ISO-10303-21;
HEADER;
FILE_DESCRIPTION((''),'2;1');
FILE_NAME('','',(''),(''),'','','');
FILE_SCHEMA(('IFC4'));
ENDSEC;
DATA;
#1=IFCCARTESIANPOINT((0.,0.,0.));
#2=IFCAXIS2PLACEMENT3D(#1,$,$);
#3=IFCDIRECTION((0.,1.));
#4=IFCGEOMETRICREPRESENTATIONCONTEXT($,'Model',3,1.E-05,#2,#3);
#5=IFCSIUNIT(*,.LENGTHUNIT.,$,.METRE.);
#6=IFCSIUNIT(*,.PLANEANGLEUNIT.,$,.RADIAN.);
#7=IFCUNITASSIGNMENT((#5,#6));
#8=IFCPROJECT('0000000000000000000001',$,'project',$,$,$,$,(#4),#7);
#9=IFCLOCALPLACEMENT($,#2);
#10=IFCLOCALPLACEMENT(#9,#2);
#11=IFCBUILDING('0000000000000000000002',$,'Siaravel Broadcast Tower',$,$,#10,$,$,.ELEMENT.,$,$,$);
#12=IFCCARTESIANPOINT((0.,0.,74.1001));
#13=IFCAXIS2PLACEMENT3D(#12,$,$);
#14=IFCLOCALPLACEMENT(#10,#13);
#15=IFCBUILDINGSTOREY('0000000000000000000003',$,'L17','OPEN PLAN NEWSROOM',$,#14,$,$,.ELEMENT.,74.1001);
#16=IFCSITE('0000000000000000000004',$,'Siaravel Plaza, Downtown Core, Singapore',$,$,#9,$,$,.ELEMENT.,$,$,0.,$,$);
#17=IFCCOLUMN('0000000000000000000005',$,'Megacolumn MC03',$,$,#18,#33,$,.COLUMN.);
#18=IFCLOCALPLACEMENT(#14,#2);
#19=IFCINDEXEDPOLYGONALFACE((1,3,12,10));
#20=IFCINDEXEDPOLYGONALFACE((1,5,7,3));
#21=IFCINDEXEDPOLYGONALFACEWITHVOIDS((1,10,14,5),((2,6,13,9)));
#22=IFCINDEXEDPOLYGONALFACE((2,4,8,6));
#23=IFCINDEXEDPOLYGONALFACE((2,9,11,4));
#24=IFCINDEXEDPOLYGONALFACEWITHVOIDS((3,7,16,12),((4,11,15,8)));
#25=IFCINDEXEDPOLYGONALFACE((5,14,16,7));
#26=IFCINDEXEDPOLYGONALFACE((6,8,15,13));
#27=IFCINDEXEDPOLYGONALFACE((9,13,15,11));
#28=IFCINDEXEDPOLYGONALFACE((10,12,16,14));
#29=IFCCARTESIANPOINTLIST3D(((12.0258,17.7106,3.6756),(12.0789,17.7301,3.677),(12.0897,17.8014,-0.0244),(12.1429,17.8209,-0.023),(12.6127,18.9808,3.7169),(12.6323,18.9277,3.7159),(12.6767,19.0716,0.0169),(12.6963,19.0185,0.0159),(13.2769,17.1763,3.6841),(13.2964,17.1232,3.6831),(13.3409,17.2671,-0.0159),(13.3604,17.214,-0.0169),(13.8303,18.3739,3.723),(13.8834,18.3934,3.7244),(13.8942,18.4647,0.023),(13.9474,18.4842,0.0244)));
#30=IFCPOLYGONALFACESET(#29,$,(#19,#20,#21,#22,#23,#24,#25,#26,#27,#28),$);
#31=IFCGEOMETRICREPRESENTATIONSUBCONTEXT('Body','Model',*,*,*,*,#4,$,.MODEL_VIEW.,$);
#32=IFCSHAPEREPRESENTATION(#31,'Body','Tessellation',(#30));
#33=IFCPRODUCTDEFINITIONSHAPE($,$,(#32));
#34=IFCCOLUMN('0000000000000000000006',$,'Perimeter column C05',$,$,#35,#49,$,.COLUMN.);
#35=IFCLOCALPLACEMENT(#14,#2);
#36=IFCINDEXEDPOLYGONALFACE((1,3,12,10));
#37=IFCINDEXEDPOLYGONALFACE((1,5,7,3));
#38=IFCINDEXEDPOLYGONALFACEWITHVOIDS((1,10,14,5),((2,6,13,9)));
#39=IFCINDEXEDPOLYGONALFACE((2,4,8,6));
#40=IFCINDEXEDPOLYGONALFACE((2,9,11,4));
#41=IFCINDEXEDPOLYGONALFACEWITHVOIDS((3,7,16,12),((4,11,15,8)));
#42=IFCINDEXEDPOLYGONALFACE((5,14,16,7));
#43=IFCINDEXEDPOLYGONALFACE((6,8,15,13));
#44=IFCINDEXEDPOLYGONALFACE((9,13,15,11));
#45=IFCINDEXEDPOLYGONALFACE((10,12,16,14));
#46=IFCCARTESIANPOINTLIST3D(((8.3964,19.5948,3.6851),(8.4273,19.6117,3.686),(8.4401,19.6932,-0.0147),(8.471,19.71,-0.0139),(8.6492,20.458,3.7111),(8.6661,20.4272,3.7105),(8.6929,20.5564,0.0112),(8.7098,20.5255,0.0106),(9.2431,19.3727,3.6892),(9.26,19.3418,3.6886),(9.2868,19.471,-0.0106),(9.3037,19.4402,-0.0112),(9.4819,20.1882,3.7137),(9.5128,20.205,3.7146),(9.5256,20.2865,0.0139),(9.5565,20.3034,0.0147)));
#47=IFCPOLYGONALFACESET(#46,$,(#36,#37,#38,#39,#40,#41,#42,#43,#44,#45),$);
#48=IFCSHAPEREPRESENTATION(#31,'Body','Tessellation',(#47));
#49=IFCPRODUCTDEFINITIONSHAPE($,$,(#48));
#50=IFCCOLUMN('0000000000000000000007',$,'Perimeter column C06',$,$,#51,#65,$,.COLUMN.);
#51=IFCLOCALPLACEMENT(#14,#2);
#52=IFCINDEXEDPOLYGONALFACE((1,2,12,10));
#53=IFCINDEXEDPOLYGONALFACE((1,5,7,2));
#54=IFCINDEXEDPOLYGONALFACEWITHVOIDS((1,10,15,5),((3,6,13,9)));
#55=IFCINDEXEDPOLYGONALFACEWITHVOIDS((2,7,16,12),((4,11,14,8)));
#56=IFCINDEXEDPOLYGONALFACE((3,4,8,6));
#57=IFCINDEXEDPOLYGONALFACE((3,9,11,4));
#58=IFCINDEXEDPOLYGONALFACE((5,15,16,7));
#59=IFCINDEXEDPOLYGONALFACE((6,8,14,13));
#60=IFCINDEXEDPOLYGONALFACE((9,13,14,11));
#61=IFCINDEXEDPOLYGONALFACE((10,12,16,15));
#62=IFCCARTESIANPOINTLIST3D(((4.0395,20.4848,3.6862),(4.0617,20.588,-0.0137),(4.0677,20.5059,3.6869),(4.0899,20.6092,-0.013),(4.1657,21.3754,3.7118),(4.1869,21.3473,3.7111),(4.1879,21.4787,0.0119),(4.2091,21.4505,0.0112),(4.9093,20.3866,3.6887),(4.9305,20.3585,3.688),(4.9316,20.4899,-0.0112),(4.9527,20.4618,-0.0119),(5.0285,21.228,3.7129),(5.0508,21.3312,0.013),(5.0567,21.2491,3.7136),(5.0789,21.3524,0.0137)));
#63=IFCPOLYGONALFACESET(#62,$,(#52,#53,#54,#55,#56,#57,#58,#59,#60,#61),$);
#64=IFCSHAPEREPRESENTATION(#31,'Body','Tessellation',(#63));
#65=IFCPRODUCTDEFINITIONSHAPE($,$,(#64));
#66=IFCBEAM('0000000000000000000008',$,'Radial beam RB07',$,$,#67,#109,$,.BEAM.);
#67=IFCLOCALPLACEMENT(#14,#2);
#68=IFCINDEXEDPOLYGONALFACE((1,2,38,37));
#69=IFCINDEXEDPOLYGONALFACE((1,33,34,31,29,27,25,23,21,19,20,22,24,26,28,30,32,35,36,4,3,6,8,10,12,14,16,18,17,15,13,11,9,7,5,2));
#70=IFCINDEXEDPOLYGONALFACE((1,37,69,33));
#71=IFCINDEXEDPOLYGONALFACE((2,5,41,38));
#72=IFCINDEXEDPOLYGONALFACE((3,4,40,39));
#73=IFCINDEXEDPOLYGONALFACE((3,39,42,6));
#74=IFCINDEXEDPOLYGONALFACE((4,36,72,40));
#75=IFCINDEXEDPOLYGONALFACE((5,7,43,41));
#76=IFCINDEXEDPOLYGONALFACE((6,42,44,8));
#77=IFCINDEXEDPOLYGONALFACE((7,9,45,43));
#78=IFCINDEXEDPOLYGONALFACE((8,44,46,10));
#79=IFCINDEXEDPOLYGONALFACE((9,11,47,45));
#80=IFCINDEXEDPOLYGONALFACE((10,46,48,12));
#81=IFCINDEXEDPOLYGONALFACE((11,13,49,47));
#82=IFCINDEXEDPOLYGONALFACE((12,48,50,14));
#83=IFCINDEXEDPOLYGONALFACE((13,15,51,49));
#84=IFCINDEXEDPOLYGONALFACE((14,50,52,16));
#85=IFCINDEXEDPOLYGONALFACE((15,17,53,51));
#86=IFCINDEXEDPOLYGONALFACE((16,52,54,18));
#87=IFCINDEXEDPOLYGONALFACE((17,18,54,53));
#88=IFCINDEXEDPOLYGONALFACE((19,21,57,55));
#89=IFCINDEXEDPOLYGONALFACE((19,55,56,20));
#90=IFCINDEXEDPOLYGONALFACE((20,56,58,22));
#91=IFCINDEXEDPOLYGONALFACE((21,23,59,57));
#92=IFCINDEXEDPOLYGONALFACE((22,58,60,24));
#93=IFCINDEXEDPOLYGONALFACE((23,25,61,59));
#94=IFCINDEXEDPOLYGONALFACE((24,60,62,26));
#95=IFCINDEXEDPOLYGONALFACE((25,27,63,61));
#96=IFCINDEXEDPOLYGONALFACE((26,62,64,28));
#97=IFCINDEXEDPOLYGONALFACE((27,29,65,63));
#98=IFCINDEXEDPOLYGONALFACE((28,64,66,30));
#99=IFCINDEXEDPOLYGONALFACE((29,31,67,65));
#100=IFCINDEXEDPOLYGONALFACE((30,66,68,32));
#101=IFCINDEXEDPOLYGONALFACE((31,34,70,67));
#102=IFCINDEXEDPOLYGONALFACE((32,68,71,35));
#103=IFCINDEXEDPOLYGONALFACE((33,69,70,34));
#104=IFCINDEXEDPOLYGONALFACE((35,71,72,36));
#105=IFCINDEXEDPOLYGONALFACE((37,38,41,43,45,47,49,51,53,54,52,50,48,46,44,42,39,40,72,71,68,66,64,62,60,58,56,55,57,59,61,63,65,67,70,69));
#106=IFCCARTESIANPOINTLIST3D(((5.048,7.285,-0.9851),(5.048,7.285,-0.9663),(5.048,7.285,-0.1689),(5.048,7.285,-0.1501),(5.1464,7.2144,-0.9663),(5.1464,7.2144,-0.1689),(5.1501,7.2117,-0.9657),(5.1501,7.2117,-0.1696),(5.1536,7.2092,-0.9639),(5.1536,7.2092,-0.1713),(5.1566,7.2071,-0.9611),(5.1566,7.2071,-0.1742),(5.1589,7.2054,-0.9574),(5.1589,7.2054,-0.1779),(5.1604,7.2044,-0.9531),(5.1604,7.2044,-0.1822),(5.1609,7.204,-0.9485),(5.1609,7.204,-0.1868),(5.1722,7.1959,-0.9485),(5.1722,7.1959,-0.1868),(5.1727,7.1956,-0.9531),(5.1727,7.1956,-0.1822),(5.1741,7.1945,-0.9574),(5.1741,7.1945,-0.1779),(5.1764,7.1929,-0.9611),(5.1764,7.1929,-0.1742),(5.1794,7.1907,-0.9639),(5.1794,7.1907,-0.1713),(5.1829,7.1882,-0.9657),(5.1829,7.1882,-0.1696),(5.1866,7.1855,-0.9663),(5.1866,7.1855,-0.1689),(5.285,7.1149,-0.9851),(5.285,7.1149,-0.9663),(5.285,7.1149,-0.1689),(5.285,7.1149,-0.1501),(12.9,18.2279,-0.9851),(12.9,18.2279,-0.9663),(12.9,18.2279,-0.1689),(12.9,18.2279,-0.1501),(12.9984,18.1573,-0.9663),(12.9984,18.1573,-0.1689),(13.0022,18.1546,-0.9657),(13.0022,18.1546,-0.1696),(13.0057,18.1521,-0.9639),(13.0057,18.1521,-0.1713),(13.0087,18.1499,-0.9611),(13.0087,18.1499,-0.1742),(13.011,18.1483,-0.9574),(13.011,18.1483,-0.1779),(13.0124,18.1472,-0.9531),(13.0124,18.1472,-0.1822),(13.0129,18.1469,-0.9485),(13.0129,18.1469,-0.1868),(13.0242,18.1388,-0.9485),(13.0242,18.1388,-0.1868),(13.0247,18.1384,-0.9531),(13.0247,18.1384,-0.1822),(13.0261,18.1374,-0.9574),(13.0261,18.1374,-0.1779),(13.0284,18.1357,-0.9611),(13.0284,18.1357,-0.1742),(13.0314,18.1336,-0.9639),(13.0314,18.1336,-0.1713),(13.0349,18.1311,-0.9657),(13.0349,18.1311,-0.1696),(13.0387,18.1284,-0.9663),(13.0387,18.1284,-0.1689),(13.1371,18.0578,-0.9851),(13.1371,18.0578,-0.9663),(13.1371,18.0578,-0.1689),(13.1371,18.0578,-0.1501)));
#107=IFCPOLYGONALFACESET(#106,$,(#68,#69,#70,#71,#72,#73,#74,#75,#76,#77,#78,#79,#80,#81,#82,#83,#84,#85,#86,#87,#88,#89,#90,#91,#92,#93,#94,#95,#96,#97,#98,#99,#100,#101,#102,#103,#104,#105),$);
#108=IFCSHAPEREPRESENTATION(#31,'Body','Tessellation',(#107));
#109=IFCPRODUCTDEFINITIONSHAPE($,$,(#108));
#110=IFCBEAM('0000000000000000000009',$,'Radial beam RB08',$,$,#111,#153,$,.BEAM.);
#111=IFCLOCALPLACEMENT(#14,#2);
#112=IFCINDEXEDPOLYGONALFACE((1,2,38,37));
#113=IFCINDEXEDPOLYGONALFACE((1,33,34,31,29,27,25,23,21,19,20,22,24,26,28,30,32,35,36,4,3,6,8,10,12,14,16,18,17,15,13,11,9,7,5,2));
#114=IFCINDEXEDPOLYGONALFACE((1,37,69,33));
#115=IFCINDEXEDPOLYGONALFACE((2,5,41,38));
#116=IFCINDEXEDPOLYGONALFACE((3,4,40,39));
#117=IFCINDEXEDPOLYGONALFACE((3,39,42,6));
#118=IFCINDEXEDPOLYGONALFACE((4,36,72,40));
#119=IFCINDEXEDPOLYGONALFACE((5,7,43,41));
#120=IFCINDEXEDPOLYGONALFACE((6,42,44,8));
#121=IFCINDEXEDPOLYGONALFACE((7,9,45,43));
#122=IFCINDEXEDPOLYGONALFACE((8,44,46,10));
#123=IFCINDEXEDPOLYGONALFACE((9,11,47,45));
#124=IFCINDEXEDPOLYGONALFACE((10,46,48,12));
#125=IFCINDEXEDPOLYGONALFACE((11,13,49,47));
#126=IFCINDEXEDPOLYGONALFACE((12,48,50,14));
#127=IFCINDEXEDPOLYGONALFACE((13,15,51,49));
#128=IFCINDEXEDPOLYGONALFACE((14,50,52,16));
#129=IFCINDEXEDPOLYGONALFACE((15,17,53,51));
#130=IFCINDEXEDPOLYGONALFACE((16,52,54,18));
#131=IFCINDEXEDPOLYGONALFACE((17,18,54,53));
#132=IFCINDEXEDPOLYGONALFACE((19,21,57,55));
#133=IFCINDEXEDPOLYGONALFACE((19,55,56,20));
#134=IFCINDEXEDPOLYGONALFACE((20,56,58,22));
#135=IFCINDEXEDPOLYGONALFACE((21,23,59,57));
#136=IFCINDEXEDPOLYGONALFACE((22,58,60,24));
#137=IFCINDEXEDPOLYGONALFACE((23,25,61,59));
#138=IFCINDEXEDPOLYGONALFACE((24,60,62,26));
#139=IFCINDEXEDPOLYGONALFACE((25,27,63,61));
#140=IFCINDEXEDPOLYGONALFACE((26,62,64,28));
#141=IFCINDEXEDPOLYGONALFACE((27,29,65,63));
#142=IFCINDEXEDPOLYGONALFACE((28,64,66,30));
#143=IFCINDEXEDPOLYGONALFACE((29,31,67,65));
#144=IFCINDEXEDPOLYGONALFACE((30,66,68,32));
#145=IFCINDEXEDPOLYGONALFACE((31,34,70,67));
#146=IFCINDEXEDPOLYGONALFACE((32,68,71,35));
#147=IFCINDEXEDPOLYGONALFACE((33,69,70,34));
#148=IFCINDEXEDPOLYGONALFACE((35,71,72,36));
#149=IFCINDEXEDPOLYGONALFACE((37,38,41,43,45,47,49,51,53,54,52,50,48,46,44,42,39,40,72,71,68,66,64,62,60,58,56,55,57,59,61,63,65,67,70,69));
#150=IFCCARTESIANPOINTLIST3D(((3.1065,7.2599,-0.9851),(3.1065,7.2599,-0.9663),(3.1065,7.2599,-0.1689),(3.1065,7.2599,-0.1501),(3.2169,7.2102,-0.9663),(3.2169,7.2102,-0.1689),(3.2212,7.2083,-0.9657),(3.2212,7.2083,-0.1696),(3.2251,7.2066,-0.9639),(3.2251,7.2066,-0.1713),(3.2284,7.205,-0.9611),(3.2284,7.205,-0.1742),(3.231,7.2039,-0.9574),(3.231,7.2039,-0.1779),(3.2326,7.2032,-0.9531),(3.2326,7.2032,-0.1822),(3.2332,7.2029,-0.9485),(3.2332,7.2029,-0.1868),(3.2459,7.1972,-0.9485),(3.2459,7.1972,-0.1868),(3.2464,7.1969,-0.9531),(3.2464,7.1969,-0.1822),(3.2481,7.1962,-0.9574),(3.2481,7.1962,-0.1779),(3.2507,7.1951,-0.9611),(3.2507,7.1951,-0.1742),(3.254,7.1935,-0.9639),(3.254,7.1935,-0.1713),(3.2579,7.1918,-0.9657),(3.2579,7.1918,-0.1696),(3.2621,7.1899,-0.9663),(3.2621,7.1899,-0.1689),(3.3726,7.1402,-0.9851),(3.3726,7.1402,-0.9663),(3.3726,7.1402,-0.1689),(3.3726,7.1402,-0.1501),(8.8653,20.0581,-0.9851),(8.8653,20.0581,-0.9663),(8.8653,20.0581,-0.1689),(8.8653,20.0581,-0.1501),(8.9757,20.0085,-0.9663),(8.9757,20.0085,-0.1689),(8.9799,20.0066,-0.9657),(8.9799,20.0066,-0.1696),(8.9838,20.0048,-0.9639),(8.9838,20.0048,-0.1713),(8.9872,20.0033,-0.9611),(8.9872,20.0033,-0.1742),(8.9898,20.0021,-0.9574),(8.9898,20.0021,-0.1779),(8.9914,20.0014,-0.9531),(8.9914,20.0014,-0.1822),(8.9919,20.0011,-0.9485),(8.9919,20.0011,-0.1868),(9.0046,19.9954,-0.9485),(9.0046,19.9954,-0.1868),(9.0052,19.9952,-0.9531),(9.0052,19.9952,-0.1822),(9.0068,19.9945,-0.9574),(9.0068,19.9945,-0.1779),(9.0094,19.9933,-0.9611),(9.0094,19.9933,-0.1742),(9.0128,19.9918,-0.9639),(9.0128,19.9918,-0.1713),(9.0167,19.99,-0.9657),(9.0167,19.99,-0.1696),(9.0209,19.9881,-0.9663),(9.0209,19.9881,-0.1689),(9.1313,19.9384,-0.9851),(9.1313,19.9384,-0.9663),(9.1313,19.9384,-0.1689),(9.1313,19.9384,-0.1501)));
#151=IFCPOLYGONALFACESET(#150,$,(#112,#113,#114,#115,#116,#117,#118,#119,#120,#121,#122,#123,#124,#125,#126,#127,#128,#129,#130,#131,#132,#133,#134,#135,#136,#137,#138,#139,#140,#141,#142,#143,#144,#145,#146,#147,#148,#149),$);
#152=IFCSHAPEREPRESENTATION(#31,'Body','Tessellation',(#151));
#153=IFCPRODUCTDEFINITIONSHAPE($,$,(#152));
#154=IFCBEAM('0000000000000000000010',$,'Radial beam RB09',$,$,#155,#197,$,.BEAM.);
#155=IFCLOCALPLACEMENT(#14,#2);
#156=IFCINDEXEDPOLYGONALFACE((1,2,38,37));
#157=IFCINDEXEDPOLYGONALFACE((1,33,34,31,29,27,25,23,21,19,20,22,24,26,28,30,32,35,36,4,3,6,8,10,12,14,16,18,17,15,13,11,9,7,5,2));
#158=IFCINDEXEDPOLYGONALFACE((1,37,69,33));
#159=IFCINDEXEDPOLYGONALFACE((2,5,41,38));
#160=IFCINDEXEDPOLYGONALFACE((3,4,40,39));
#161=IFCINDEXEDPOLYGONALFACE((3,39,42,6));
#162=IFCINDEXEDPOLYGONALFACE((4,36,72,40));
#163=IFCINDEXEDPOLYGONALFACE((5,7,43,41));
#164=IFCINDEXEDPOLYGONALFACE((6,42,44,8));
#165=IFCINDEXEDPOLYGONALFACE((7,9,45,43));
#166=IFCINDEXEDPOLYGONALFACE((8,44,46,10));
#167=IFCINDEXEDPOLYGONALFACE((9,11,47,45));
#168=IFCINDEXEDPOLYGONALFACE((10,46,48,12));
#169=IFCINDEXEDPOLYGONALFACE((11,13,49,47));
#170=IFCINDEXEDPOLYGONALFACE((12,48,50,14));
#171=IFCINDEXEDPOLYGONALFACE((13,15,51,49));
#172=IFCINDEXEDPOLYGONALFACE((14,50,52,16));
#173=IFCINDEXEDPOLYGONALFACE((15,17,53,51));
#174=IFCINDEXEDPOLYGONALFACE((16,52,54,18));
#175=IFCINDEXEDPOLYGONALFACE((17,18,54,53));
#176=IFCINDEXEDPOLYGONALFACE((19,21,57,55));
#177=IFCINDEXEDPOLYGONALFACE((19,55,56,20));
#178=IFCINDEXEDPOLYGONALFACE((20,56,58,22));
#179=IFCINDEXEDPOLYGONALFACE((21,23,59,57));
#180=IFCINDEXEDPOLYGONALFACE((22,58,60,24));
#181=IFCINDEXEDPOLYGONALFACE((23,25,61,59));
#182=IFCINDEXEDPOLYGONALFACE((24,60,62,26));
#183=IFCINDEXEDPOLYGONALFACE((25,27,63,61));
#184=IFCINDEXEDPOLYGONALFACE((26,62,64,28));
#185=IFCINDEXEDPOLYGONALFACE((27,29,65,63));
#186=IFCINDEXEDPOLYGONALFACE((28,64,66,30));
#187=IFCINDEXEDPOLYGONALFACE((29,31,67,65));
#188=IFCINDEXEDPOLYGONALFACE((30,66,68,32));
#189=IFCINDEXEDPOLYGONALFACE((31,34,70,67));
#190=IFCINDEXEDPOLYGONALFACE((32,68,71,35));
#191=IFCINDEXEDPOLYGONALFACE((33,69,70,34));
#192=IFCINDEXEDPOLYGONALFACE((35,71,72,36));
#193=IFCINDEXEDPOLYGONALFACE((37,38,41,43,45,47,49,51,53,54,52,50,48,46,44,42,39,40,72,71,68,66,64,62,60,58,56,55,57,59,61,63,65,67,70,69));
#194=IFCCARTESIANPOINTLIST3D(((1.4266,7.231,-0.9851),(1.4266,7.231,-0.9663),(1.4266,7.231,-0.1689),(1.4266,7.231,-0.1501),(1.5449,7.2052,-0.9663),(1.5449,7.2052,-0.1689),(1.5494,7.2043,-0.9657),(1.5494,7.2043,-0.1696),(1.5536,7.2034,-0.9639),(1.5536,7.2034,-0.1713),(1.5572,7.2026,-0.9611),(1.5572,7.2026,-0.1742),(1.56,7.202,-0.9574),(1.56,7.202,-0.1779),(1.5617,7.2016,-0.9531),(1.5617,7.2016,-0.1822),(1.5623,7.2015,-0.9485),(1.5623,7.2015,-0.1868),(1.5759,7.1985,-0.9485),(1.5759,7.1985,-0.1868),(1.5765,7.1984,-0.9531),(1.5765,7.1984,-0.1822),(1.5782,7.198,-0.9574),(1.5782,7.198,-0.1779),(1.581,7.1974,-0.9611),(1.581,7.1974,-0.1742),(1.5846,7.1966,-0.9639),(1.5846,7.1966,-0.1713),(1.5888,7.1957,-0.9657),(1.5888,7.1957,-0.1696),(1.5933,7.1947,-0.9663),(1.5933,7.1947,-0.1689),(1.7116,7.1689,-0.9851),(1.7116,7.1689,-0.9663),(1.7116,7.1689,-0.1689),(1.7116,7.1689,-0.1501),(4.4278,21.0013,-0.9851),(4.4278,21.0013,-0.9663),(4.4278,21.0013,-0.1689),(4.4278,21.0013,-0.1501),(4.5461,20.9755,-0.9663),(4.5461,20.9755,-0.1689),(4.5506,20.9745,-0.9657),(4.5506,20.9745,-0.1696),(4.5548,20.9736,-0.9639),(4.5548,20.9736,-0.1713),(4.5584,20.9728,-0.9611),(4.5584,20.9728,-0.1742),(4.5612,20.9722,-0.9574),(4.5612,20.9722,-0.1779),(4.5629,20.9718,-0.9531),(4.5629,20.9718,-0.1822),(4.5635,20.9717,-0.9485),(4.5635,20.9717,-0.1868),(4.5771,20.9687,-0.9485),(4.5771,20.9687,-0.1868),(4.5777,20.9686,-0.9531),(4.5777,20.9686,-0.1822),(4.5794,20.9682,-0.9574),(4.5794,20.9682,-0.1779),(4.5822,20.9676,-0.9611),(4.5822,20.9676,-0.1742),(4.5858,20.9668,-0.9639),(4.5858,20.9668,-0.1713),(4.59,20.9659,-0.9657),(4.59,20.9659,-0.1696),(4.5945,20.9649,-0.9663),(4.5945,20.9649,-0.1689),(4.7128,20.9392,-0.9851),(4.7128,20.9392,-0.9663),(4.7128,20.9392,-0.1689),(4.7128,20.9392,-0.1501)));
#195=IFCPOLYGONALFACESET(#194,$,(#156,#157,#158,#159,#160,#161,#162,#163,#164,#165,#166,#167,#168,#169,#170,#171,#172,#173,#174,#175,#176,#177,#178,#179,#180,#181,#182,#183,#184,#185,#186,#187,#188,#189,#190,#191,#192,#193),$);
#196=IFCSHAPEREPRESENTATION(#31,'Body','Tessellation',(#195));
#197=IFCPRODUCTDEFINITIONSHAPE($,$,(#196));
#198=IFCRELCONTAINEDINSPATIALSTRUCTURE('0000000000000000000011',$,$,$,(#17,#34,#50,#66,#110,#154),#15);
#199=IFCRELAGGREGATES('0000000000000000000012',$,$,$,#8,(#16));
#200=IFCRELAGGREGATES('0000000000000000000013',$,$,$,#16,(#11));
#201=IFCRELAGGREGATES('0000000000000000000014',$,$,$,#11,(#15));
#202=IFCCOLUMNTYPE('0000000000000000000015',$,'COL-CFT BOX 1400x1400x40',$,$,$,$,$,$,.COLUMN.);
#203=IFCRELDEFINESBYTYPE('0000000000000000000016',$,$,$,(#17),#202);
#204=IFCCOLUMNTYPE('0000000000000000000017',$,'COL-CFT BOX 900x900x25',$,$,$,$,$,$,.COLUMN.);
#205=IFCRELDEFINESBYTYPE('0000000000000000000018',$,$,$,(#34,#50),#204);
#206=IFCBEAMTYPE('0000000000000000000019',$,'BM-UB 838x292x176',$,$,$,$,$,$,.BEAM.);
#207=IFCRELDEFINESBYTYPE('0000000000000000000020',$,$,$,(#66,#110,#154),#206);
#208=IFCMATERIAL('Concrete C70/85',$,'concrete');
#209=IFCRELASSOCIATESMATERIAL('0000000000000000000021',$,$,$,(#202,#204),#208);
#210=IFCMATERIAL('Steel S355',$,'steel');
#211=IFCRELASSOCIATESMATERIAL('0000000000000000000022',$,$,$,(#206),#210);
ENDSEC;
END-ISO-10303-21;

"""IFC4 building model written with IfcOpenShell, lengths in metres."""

from ifc_helpers import new_model, si_unit, direction, frame, origin, origin_2d, place, context, subcontext, project, spatial, hollow_rectangle, i_section, extrude, material, material_profile, profile_set, type_object, element, save


model = new_model("IFC4")

# Units and contexts
model_context = context("Model", 3, precision=1e-05, world=origin(), true_north=direction((0.0, 1.0)))
body_context = subcontext(model_context, "Body", "Model", "MODEL_VIEW")
ifc_project = project(units=[si_unit("LENGTHUNIT", "METRE"), si_unit("PLANEANGLEUNIT", "RADIAN")], contexts=[model_context])

# Site, building, storey
site_placement = place(None, origin())
site = spatial("IfcSite", under=ifc_project, at=site_placement, Name="Siaravel Plaza, Downtown Core, Singapore", CompositionType="ELEMENT", RefElevation=0.0)
building_placement = place(site_placement, origin())
building = spatial("IfcBuilding", under=site, at=building_placement, Name="Siaravel Broadcast Tower", CompositionType="ELEMENT")
storey_placement = place(building_placement, frame((0.0, 0.0, 74.1001)))
storey = spatial("IfcBuildingStorey", under=building, at=storey_placement, Name="L17", Description="OPEN PLAN NEWSROOM", CompositionType="ELEMENT", Elevation=74.1001)

# Columns
ifc_material_1 = material(Name="Concrete C70/85", Category="concrete")
ifc_material_profile_1 = material_profile(ifc_material_1, hollow_rectangle(XDim=1.3999, YDim=1.3999, WallThickness=0.04, at=origin_2d()))
ifc_profile_set_1 = profile_set([ifc_material_profile_1], Name="Concrete C70/85")
column_type_1 = type_object("IfcColumnType", Name="COL-CFT BOX 1400x1400x40", PredefinedType="COLUMN", material=ifc_profile_set_1)
column_placement = place(storey_placement, frame((13.0186, 18.1428, 0.0), z_axis=(-0.01728, -0.024535, 0.99955), x_axis=(0.907686, -0.419615, 0.005392)))
element("IfcColumn", 1, at=column_placement, inside=storey, type_object=column_type_1, Name="Megacolumn MC03", PredefinedType="COLUMN", context=body_context, shape_type="SweptSolid", body=[
    extrude(hollow_rectangle(XDim=1.3999, YDim=1.3999, WallThickness=0.04, at=origin_2d()), origin(), (0.0, 0.0, 1.0), 3.7017),
])
ifc_material_profile_2 = material_profile(ifc_material_1, hollow_rectangle(XDim=0.8999, YDim=0.8999, WallThickness=0.0249, at=origin_2d()))
ifc_profile_set_2 = profile_set([ifc_material_profile_2], Name="Concrete C70/85")
column_type_2 = type_object("IfcColumnType", Name="COL-CFT BOX 900x900x25", PredefinedType="COLUMN", material=ifc_profile_set_2)
for number, where, z_axis, x_axis, name in (
    (2, (8.9983, 19.9983, 0.0), (-0.011806, -0.026581, 0.999577), (0.959658, -0.281142, 0.003859), "Perimeter column C05"),
    (3, (4.5703, 20.9702, 0.0), (-0.006002, -0.0279, 0.999593), (0.990103, -0.140325, 0.002029), "Perimeter column C06"),
):
    element("IfcColumn", number, at=place(storey_placement, frame(where, z_axis=z_axis, x_axis=x_axis)), inside=storey, type_object=column_type_2, Name=name, PredefinedType="COLUMN", context=body_context, shape_type="SweptSolid", body=[
        extrude(hollow_rectangle(XDim=0.8999, YDim=0.8999, WallThickness=0.0249, at=origin_2d()), origin(), (0.0, 0.0, 1.0), 3.7014),
    ])

# Beams
ifc_material_2 = material(Name="Steel S355", Category="steel")
ifc_material_profile_3 = material_profile(ifc_material_2, i_section(OverallWidth=0.2917, OverallDepth=0.835, WebThickness=0.0139, FlangeThickness=0.0188, FilletRadius=0.0178, at=origin_2d()))
ifc_profile_set_3 = profile_set([ifc_material_profile_3], Name="Steel S355")
beam_type = type_object("IfcBeamType", Name="BM-UB 838x292x176", PredefinedType="BEAM", material=ifc_profile_set_3)
beam_1_placement = place(storey_placement, frame((13.0186, 18.1428, -0.5676), z_axis=(-0.582993, -0.812477, 0.0), x_axis=(0.812477, -0.582993, 0.0)))
element("IfcBeam", 4, at=beam_1_placement, inside=storey, type_object=beam_type, Name="Radial beam RB07", PredefinedType="BEAM", context=body_context, shape_type="SweptSolid", body=[
    extrude(i_section(OverallWidth=0.2917, OverallDepth=0.835, WebThickness=0.0139, FlangeThickness=0.0188, FilletRadius=0.0178, at=origin_2d()), origin(), (0.0, 0.0, 1.0), 13.4685),
])
beam_2_placement = place(storey_placement, frame((8.9983, 19.9983, -0.5676), z_axis=(-0.410337, -0.911934, 0.0), x_axis=(0.911934, -0.410337, 0.0)))
element("IfcBeam", 5, at=beam_2_placement, inside=storey, type_object=beam_type, Name="Radial beam RB08", PredefinedType="BEAM", context=body_context, shape_type="SweptSolid", body=[
    extrude(i_section(OverallWidth=0.2917, OverallDepth=0.835, WebThickness=0.0139, FlangeThickness=0.0188, FilletRadius=0.0178, at=origin_2d()), origin(), (0.0, 0.0, 1.0), 14.0342),
])
beam_3_placement = place(storey_placement, frame((4.5703, 20.9702, -0.5676), z_axis=(-0.21295, -0.977063, 0.0), x_axis=(0.977063, -0.21295, 0.0)))
element("IfcBeam", 6, at=beam_3_placement, inside=storey, type_object=beam_type, Name="Radial beam RB09", PredefinedType="BEAM", context=body_context, shape_type="SweptSolid", body=[
    extrude(i_section(OverallWidth=0.2917, OverallDepth=0.835, WebThickness=0.0139, FlangeThickness=0.0188, FilletRadius=0.0178, at=origin_2d()), origin(), (0.0, 0.0, 1.0), 14.0935),
])

save(model, "model.ifc")
